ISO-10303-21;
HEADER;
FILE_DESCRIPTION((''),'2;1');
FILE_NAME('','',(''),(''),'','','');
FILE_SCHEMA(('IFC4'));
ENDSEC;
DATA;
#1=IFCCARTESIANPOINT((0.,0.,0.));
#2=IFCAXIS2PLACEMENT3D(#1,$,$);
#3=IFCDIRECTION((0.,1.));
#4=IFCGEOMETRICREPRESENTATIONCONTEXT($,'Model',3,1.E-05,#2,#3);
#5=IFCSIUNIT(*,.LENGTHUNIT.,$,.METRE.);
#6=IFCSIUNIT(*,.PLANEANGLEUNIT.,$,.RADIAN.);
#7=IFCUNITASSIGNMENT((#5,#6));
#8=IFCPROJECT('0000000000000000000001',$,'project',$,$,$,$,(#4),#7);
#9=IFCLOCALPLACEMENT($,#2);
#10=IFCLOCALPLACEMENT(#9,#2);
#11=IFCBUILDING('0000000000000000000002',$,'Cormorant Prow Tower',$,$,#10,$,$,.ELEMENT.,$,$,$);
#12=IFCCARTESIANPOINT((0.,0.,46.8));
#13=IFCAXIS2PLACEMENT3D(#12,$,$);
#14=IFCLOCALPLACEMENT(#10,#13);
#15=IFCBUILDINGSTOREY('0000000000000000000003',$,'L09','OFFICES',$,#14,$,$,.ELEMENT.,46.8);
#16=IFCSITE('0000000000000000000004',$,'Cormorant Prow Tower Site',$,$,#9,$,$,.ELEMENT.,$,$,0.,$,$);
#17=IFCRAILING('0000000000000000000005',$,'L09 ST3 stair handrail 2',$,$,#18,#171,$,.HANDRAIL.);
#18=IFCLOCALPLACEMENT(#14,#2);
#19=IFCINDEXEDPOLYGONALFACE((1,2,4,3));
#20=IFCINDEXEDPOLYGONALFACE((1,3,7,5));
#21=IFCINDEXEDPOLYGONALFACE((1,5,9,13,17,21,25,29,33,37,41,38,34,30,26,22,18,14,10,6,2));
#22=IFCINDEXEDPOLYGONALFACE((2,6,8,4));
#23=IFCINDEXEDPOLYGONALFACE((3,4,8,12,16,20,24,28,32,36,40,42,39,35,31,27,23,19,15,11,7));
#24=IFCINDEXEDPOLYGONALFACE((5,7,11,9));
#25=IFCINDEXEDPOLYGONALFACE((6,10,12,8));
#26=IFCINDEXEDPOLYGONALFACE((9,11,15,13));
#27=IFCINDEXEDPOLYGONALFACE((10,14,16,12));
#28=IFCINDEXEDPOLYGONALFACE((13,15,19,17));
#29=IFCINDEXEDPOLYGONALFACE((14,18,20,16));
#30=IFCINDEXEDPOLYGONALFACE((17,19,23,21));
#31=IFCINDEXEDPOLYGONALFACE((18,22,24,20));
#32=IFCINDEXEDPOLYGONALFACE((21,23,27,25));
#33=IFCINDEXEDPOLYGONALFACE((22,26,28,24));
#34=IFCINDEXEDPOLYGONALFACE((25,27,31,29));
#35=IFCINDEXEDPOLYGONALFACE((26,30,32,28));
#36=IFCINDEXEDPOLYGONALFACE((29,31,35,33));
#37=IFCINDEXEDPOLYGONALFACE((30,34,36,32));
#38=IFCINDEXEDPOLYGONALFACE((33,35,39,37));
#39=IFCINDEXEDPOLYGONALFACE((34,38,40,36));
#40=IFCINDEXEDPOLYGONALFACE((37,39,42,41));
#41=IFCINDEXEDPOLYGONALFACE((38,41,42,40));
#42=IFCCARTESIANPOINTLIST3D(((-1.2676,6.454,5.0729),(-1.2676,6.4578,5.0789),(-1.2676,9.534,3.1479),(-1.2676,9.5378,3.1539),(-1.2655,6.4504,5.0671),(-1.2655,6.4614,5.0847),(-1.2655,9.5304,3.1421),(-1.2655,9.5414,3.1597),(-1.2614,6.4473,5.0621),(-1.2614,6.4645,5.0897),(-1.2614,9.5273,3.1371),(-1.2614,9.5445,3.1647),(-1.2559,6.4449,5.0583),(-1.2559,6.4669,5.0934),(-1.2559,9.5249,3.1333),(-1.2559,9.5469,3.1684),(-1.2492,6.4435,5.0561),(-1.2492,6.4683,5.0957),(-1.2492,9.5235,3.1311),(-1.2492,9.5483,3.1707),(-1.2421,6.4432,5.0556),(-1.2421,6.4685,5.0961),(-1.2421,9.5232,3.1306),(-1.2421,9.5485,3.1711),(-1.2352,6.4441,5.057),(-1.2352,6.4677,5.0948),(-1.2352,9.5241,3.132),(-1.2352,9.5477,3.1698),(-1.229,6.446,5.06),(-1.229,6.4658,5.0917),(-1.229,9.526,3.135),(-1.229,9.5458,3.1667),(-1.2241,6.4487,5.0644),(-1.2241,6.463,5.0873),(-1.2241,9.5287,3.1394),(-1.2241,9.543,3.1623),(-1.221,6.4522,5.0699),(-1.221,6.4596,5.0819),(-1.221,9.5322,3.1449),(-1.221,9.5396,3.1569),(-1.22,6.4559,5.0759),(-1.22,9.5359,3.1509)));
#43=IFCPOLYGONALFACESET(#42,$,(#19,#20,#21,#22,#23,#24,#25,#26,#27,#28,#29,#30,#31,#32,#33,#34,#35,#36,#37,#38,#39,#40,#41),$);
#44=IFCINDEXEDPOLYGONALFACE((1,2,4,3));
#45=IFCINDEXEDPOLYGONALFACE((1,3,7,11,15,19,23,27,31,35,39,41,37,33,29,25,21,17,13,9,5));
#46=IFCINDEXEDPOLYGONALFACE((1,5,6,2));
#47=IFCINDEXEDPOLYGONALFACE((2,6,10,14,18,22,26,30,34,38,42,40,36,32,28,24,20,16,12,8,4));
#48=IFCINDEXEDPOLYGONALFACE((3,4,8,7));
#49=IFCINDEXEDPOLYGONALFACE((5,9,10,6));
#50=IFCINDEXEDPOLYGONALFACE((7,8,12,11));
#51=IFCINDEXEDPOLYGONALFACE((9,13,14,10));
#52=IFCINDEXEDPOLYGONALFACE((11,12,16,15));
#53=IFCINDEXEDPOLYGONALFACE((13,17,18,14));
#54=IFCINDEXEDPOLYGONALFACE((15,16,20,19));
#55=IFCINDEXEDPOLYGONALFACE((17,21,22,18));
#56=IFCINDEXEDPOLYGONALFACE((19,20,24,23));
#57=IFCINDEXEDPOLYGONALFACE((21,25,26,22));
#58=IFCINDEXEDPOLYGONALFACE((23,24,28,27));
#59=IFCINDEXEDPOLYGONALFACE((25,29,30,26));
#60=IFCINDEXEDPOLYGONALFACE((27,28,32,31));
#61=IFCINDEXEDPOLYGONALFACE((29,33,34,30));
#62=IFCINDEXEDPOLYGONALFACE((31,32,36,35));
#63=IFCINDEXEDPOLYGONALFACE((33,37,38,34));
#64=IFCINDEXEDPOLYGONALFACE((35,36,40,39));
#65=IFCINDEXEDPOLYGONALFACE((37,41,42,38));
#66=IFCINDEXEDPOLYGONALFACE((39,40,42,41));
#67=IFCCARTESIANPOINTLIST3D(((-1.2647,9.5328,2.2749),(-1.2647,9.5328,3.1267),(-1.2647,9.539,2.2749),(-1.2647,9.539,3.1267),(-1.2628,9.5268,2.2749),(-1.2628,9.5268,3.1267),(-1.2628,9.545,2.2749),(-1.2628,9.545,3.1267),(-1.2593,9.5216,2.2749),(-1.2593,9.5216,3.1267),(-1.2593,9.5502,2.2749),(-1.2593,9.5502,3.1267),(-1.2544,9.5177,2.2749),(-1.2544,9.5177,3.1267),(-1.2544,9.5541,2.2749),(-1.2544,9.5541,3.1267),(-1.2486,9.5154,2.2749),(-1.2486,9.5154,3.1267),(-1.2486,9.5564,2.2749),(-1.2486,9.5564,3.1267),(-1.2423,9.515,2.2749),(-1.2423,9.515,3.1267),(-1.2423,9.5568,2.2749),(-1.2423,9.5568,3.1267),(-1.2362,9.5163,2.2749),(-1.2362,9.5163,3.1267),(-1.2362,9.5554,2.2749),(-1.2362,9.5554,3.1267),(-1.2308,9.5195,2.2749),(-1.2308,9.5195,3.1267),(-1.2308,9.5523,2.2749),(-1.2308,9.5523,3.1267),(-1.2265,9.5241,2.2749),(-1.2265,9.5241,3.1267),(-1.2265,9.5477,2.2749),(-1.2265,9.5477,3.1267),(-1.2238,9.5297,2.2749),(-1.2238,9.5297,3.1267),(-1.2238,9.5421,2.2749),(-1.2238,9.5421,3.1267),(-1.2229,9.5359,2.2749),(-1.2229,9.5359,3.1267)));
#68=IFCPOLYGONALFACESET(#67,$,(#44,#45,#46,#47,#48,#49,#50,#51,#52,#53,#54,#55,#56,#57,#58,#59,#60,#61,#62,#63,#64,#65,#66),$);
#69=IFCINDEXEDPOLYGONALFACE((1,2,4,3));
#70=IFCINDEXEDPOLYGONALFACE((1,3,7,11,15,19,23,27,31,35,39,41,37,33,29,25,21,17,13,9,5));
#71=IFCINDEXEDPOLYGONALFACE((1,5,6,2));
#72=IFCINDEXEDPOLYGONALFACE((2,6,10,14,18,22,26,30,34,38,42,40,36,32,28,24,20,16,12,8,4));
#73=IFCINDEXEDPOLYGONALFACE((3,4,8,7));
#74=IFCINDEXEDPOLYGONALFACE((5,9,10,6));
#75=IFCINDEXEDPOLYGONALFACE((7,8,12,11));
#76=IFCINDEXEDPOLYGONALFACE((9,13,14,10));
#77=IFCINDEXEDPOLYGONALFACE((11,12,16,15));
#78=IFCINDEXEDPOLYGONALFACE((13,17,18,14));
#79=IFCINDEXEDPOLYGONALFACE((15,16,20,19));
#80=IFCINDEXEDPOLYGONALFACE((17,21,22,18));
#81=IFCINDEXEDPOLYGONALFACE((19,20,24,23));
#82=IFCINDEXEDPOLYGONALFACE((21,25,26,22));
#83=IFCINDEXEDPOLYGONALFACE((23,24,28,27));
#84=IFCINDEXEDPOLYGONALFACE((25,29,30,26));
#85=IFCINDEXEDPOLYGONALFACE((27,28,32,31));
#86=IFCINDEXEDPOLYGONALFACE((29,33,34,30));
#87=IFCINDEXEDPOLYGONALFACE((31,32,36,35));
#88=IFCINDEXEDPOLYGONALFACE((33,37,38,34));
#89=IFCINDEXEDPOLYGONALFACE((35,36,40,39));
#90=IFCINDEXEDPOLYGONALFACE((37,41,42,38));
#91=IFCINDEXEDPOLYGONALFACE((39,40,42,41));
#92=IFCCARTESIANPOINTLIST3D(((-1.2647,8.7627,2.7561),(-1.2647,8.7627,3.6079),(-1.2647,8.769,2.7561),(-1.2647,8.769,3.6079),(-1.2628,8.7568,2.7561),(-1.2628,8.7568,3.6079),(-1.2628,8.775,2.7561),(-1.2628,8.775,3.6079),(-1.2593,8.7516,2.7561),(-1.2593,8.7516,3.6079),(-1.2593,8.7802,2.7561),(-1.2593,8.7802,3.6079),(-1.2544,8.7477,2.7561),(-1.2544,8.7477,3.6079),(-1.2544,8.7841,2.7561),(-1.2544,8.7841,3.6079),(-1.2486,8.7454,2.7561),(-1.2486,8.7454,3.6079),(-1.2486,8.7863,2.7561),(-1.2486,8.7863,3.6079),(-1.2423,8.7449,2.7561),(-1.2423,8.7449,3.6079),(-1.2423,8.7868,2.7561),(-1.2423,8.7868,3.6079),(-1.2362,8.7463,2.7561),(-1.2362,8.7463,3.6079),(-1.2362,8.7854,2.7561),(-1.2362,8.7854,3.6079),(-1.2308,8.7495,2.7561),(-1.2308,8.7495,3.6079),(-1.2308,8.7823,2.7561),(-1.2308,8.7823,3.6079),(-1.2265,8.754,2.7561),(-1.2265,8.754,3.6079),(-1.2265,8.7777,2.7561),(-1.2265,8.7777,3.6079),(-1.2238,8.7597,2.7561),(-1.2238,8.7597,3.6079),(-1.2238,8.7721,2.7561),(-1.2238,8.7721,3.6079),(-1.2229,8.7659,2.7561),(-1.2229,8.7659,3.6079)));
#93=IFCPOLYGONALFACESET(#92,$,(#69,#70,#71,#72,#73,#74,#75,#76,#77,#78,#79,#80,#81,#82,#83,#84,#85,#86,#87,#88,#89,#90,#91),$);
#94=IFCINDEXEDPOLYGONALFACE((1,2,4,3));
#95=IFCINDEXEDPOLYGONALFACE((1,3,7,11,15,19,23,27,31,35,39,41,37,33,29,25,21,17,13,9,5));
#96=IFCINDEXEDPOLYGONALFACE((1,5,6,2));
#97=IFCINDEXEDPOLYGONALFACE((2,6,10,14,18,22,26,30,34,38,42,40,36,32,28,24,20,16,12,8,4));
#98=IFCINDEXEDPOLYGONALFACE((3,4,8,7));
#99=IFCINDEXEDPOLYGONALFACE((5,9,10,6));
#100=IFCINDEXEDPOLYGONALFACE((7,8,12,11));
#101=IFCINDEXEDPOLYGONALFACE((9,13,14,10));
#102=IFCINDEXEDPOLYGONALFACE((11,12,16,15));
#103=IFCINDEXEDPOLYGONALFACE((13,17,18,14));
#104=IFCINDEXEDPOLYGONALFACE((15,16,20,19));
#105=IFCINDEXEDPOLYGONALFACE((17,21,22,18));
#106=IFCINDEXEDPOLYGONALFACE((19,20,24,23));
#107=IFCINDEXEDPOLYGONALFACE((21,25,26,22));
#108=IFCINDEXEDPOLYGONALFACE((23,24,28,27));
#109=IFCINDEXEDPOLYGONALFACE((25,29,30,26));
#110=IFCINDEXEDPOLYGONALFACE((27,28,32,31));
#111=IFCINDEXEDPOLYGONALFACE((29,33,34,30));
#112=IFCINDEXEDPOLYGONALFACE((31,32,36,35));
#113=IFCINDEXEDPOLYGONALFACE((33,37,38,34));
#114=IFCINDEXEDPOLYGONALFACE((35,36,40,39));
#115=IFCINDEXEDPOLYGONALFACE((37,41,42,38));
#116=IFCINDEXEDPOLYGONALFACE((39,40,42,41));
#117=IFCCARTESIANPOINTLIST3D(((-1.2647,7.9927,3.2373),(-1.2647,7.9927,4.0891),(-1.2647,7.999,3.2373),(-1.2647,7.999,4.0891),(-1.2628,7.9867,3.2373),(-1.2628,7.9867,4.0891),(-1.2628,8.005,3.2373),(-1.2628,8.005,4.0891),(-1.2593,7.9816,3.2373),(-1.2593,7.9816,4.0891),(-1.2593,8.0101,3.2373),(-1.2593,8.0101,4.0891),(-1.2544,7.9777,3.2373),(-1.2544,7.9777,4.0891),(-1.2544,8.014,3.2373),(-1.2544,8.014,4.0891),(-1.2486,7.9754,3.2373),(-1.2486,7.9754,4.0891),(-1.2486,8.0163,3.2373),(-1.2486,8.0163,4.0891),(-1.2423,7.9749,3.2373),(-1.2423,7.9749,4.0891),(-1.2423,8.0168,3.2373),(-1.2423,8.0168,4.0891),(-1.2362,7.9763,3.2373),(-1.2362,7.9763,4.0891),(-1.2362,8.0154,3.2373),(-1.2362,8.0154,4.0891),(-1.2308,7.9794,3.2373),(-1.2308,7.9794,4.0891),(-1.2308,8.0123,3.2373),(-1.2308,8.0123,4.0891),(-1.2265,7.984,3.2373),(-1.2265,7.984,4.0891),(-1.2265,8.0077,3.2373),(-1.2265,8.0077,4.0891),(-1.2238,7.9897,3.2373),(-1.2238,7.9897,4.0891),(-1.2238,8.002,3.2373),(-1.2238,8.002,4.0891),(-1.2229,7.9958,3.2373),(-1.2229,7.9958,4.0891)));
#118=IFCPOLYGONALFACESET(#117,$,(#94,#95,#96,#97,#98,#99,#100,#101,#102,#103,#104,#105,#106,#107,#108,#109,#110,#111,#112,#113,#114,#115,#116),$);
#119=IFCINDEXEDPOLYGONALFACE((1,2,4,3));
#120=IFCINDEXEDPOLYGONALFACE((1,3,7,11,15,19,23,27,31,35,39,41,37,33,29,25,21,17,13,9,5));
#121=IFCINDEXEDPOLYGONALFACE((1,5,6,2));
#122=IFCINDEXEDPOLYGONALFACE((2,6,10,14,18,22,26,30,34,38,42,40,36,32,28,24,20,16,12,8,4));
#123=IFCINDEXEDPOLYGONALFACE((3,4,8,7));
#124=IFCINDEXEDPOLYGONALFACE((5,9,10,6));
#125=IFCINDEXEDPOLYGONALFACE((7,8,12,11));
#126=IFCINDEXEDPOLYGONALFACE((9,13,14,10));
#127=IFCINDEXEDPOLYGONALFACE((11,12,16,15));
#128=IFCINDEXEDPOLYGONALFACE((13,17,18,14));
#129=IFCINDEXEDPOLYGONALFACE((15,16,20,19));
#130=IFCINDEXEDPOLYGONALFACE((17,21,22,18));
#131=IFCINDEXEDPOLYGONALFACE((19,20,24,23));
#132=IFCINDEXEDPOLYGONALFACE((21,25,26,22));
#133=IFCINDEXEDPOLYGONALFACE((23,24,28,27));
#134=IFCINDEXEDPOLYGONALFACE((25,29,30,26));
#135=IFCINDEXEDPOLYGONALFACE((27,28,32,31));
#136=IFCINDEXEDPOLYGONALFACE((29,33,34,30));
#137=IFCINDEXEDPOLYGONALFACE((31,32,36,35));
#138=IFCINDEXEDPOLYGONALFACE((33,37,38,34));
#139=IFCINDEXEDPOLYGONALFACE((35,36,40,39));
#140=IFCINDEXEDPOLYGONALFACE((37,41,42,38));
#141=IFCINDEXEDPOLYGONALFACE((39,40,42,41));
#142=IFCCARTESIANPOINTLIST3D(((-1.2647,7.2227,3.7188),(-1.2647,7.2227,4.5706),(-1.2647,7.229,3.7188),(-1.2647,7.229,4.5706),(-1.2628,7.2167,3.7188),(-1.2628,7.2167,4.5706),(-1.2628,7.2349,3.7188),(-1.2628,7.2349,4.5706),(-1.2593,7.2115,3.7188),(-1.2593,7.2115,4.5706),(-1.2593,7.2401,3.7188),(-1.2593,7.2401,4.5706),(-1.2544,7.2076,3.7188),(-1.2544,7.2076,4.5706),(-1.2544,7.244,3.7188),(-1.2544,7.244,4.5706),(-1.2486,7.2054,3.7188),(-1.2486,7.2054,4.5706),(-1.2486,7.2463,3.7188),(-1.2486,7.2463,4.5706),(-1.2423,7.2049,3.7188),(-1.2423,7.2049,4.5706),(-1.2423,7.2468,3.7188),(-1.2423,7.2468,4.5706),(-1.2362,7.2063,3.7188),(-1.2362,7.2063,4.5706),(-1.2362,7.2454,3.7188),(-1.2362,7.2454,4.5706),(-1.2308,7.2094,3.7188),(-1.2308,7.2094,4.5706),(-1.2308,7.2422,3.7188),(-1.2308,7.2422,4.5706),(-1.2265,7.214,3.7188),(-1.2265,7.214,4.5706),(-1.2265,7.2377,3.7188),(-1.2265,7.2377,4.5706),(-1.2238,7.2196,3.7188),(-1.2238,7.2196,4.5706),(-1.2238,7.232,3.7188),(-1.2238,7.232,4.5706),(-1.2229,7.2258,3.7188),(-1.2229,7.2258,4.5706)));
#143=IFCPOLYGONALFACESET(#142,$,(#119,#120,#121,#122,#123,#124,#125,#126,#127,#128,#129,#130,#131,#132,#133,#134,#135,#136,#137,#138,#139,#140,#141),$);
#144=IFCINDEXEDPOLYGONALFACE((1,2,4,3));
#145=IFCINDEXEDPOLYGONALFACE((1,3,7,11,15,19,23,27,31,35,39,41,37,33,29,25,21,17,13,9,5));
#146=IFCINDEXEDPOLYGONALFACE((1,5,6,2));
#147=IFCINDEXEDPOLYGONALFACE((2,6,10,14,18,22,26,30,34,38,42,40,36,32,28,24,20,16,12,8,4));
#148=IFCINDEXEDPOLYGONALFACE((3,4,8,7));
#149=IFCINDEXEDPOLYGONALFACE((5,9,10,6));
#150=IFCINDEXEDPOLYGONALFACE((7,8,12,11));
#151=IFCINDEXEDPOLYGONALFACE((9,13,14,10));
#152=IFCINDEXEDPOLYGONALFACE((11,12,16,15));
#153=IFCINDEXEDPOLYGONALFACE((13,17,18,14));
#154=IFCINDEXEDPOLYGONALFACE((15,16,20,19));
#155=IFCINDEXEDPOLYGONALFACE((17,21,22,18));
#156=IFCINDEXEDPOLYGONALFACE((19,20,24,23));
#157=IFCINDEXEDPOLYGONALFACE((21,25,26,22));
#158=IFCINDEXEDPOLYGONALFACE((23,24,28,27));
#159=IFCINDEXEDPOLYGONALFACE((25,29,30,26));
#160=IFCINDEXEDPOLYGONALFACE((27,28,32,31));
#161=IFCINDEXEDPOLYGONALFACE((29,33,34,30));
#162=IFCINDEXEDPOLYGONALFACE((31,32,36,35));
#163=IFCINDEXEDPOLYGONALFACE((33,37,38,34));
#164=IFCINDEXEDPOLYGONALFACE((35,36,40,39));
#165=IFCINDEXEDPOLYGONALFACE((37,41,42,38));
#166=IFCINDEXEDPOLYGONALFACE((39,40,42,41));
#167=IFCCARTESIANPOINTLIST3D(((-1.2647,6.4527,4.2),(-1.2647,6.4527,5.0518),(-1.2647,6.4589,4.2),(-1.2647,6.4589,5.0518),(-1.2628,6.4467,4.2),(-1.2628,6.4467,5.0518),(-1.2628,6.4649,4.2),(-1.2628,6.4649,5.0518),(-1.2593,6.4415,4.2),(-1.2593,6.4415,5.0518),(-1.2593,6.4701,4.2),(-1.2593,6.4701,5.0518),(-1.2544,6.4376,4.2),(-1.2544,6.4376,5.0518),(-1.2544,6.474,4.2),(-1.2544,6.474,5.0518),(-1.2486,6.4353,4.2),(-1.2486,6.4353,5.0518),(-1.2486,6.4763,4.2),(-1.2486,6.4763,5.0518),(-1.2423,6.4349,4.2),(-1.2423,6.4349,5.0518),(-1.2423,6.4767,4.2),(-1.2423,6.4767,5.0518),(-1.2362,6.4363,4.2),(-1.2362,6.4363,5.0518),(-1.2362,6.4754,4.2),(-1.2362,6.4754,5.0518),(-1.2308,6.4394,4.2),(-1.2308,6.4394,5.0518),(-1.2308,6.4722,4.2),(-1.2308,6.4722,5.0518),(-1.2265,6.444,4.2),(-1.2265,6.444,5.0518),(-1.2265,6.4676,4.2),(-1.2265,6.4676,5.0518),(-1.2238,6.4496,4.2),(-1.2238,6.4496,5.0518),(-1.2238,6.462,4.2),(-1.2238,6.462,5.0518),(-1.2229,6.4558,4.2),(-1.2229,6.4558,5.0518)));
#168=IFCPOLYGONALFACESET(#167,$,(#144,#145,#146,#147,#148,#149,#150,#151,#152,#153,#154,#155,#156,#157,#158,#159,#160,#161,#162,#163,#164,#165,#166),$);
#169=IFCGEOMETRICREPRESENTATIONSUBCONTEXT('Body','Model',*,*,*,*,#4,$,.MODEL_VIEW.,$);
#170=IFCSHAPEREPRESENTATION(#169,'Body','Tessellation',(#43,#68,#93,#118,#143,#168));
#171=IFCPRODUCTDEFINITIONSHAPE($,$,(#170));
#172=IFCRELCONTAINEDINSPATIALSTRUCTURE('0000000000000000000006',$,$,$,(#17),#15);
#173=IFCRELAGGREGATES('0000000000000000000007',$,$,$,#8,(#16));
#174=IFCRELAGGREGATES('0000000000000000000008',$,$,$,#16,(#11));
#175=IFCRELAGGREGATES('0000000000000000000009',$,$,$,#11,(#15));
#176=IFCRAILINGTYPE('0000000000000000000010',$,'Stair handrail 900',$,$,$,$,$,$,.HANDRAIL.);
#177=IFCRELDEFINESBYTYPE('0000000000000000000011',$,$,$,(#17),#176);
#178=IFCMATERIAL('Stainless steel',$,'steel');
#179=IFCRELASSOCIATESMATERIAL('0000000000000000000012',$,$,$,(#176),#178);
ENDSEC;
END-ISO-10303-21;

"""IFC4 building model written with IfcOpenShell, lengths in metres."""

from ifc_helpers import new_model, si_unit, direction, frame, origin, origin_2d, place, context, subcontext, project, spatial, circle, extrude, material, type_object, element, save


model = new_model("IFC4")

# Units and contexts
model_context = context("Model", 3, precision=1e-05, world=origin(), true_north=direction((0.0, 1.0)))
body_context = subcontext(model_context, "Body", "Model", "MODEL_VIEW")
ifc_project = project(units=[si_unit("LENGTHUNIT", "METRE"), si_unit("PLANEANGLEUNIT", "RADIAN")], contexts=[model_context])

# Site, building, storey
site_placement = place(None, origin())
site = spatial("IfcSite", under=ifc_project, at=site_placement, Name="Cormorant Prow Tower Site", CompositionType="ELEMENT", RefElevation=0.0)
building_placement = place(site_placement, origin())
building = spatial("IfcBuilding", under=site, at=building_placement, Name="Cormorant Prow Tower", CompositionType="ELEMENT")
storey_placement = place(building_placement, frame((0.0, 0.0, 46.8)))
storey = spatial("IfcBuildingStorey", under=building, at=storey_placement, Name="L09", Description="OFFICES", CompositionType="ELEMENT", Elevation=46.8)

# Railing
ifc_material_1 = material(Name="Stainless steel", Category="steel")
railing_type = type_object("IfcRailingType", Name="Stair handrail 900", PredefinedType="HANDRAIL", material=ifc_material_1)
railing_placement = place(storey_placement, frame((-1.2439, 9.5359, 2.2749)))
element("IfcRailing", 1, at=railing_placement, inside=storey, type_object=railing_type, Name="L09 ST3 stair handrail 2", PredefinedType="HANDRAIL", context=body_context, shape_type="SweptSolid", body=[
    extrude(circle(Radius=0.0239, at=origin_2d()), frame((0.0, 0.0, 0.876), z_axis=(0.0, -0.847998, 0.529999), x_axis=(1.0, 0.0, 0.0)), (0.0, 0.0, 1.0), 3.6321),
    extrude(circle(Radius=0.021, at=origin_2d()), origin(), (0.0, 0.0, 1.0), 0.8518),
    extrude(circle(Radius=0.021, at=origin_2d()), frame((0.0, -0.77, 0.4812)), (0.0, 0.0, 1.0), 0.8518),
    extrude(circle(Radius=0.021, at=origin_2d()), frame((0.0, -1.54, 0.9624)), (0.0, 0.0, 1.0), 0.8518),
    extrude(circle(Radius=0.021, at=origin_2d()), frame((0.0, -2.3101, 1.4438)), (0.0, 0.0, 1.0), 0.8518),
    extrude(circle(Radius=0.021, at=origin_2d()), frame((0.0, -3.0801, 1.925)), (0.0, 0.0, 1.0), 0.8518),
])

save(model, "model.ifc")
